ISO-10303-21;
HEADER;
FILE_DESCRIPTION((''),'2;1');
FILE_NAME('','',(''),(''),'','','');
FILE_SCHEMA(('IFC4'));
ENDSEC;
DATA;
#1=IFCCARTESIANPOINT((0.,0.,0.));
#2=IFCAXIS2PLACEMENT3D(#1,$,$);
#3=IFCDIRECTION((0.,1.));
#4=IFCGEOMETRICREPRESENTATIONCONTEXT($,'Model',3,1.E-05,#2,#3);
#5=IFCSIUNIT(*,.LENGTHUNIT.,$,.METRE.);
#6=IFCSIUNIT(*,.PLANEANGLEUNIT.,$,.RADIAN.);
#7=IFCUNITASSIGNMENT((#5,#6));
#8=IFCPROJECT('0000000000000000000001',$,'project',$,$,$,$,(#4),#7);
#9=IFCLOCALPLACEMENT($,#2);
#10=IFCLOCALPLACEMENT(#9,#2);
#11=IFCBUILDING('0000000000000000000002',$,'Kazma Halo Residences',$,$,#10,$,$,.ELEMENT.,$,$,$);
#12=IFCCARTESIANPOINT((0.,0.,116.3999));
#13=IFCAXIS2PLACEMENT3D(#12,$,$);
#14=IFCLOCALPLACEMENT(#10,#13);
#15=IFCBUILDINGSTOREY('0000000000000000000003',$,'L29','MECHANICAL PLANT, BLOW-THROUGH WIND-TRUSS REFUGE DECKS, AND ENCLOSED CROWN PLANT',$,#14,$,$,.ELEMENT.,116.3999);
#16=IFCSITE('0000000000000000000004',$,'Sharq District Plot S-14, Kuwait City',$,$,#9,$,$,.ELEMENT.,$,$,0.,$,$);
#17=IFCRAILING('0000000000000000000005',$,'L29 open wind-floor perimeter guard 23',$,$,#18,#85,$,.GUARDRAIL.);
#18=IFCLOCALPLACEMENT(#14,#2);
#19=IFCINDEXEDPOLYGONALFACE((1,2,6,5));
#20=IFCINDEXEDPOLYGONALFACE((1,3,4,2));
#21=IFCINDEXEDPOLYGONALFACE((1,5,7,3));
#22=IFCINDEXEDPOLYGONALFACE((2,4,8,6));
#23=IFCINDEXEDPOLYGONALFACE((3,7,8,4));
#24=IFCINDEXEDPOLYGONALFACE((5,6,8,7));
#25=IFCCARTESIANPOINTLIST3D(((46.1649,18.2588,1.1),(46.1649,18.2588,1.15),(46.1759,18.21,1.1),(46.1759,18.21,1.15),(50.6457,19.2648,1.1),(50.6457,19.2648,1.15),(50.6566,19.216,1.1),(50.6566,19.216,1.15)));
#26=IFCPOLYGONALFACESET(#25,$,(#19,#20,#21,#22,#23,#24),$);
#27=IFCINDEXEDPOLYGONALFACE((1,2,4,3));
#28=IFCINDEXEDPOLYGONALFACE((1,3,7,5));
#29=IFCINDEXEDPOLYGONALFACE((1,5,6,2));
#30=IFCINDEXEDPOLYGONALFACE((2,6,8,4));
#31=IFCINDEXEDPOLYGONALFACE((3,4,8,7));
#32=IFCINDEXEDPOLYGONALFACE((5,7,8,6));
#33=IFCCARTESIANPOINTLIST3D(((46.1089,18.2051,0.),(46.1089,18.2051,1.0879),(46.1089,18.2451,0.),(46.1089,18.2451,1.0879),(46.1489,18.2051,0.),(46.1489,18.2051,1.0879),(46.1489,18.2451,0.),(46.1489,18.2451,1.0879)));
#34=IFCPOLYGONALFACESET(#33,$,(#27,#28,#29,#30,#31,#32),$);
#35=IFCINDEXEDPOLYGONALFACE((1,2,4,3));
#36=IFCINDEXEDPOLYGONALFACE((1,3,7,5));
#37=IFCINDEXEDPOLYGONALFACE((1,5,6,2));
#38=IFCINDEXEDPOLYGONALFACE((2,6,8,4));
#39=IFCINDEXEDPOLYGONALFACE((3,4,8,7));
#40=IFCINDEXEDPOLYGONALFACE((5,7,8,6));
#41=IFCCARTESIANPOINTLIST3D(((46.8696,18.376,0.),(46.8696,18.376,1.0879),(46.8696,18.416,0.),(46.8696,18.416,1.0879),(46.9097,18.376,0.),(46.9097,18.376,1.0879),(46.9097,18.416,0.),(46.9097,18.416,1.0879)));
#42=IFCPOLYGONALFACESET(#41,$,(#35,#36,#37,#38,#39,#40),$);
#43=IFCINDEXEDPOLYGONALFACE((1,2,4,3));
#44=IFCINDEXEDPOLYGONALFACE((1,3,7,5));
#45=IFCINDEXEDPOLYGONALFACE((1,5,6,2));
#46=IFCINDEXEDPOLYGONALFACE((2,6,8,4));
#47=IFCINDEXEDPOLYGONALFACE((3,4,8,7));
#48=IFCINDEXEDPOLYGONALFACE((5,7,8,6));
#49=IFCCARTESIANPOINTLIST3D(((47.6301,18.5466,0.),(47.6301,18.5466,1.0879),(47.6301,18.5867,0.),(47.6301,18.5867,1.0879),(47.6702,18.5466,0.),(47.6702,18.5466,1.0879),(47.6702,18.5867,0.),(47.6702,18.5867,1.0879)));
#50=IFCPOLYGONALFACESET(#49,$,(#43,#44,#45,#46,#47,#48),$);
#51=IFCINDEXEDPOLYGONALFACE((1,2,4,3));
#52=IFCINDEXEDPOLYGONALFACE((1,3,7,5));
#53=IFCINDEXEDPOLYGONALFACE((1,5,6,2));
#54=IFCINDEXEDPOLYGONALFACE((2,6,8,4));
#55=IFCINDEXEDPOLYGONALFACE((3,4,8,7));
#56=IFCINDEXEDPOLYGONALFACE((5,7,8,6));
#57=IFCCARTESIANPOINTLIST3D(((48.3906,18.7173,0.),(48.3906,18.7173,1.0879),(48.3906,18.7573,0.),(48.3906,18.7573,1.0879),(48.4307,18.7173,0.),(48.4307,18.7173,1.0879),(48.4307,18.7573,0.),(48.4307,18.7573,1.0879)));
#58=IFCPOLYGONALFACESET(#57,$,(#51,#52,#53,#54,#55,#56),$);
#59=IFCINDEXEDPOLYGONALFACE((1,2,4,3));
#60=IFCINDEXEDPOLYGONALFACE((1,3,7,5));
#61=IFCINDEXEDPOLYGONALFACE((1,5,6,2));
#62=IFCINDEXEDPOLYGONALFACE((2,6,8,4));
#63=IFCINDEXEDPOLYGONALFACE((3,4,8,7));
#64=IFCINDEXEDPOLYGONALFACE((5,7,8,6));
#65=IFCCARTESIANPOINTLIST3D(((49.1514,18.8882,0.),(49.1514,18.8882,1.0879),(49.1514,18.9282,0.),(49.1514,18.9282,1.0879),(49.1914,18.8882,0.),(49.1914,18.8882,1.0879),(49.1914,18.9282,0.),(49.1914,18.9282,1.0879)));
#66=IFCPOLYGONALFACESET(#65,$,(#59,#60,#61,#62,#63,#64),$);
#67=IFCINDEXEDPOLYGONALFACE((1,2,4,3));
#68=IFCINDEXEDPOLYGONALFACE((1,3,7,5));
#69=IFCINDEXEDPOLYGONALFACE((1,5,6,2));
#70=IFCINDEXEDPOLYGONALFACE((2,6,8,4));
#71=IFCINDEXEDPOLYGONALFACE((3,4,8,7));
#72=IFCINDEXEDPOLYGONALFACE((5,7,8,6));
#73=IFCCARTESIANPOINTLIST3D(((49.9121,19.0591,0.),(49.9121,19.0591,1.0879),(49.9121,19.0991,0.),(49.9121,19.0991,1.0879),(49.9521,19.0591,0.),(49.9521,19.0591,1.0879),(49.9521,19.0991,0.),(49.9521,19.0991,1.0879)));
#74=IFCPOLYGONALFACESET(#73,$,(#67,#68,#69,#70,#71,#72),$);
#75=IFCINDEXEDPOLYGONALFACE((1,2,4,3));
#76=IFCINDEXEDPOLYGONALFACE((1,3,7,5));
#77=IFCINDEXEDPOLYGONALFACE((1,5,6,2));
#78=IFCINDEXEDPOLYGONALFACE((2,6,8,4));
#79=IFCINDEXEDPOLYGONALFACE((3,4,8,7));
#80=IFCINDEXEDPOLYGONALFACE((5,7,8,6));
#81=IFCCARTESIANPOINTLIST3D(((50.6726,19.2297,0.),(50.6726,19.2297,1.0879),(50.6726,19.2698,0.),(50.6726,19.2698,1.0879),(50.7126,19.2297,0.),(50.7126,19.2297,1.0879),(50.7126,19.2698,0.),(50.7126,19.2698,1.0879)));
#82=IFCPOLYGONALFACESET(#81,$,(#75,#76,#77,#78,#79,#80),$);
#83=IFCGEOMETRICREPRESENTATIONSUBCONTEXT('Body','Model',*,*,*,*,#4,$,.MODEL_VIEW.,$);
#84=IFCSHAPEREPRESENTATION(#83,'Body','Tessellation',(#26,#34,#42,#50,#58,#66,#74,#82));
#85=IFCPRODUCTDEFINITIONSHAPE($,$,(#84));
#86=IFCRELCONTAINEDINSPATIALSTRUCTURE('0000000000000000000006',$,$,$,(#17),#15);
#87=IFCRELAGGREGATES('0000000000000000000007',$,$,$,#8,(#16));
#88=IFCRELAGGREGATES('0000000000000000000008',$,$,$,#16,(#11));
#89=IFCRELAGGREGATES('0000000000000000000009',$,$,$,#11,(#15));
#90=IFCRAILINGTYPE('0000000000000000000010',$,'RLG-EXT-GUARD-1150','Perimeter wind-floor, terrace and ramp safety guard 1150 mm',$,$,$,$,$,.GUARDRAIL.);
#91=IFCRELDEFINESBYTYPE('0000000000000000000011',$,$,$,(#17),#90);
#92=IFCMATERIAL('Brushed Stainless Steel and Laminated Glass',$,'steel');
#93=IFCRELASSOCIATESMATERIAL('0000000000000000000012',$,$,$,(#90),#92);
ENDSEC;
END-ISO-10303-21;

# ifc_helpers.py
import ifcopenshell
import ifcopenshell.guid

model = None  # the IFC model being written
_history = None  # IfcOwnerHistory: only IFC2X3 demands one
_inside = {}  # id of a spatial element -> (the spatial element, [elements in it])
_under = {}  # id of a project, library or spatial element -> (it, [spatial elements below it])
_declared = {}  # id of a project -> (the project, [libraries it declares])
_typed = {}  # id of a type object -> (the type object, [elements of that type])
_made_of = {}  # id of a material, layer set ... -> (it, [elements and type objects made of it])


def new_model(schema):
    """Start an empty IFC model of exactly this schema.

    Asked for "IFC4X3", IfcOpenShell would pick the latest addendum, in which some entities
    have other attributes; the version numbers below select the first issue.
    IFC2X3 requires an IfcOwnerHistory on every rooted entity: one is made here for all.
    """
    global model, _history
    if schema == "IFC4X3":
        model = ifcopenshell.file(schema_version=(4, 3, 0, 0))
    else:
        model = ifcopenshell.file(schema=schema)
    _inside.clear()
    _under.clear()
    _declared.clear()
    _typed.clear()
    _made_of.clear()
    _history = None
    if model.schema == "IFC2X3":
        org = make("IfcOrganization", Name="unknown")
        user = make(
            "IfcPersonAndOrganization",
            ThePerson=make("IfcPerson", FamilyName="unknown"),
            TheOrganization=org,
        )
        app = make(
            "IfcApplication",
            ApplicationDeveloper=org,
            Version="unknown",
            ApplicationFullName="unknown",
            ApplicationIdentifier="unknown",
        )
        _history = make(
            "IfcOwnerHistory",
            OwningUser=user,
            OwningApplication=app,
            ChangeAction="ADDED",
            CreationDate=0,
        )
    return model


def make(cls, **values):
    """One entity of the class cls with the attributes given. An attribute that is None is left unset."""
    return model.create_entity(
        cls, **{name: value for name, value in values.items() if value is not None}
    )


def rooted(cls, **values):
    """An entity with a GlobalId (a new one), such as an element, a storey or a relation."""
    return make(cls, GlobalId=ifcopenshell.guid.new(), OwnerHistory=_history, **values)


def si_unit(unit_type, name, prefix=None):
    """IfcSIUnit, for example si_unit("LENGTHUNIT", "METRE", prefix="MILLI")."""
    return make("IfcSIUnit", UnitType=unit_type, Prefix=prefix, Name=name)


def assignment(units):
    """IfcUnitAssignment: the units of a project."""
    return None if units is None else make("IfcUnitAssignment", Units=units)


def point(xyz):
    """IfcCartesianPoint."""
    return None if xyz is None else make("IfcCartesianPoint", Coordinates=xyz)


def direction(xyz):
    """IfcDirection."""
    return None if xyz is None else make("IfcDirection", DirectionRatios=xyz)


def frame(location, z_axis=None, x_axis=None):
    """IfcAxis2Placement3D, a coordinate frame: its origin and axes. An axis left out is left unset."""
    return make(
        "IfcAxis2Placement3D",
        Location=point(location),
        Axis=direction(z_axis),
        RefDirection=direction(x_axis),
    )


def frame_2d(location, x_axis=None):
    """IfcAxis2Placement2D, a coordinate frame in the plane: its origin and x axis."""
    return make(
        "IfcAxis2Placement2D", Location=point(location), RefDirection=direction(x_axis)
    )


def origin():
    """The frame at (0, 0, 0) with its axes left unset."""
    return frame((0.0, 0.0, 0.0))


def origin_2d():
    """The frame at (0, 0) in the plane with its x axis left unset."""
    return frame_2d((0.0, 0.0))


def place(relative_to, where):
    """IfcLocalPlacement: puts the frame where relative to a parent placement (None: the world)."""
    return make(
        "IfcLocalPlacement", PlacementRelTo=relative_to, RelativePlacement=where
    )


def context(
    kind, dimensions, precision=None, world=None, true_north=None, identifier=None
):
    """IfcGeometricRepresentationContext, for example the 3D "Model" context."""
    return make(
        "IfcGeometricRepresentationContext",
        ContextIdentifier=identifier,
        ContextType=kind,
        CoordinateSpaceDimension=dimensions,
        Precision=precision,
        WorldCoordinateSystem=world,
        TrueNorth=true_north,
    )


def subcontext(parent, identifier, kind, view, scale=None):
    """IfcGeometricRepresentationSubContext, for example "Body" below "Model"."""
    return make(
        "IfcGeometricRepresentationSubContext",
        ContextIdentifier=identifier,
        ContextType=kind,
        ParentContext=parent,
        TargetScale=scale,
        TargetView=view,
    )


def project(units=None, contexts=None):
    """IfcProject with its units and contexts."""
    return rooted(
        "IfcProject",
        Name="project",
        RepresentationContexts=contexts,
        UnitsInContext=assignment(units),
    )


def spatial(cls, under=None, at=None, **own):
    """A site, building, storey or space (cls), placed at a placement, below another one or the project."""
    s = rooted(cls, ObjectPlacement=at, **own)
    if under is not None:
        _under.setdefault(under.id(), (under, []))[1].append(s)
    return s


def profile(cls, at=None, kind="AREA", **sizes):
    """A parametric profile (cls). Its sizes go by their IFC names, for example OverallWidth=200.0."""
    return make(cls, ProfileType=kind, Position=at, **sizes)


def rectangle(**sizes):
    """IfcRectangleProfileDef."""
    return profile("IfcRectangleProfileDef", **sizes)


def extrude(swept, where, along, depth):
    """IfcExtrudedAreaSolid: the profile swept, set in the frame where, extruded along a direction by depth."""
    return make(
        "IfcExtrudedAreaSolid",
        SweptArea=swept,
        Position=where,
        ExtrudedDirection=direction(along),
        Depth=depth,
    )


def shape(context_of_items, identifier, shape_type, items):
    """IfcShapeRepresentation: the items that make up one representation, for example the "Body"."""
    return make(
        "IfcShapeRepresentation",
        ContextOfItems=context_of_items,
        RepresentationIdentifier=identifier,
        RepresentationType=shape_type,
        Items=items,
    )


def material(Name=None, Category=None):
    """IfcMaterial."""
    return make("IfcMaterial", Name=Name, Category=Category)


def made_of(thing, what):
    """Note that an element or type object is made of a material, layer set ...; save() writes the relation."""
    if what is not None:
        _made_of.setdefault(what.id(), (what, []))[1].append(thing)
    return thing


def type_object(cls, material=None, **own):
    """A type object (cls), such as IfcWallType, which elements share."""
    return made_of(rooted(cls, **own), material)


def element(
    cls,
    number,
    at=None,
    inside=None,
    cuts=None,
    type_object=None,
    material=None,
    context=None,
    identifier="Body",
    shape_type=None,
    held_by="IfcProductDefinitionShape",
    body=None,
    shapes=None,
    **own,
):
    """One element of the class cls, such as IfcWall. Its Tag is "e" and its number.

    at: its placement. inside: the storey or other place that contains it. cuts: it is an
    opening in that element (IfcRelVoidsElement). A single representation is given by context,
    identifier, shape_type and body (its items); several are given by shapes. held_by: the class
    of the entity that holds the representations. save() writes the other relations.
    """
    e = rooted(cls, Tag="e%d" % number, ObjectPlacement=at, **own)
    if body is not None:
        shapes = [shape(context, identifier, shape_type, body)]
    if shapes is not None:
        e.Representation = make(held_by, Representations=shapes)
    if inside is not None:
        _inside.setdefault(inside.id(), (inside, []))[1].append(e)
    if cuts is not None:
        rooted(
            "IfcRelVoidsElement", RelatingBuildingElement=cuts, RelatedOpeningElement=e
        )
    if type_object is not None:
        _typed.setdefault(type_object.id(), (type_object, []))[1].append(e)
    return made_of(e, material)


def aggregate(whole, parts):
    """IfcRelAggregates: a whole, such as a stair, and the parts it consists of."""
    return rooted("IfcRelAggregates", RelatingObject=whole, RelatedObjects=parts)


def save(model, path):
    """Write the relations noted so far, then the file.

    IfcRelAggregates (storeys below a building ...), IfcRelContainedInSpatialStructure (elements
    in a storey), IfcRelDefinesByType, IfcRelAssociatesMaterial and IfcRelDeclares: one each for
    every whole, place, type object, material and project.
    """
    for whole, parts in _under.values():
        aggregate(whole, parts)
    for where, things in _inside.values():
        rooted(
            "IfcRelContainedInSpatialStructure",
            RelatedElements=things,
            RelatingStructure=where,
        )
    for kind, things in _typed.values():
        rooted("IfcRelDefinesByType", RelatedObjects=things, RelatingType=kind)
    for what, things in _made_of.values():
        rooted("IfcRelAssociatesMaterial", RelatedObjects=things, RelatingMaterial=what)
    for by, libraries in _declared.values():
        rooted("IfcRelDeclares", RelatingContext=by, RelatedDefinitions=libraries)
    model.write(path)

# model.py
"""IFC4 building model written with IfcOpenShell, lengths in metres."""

from ifc_helpers import new_model, si_unit, direction, frame, origin, origin_2d, place, context, subcontext, project, spatial, rectangle, extrude, material, type_object, element, save


model = new_model("IFC4")

# Units and contexts
model_context = context("Model", 3, precision=1e-05, world=origin(), true_north=direction((0.0, 1.0)))
body_context = subcontext(model_context, "Body", "Model", "MODEL_VIEW")
ifc_project = project(units=[si_unit("LENGTHUNIT", "METRE"), si_unit("PLANEANGLEUNIT", "RADIAN")], contexts=[model_context])

# Site, building, storey
site_placement = place(None, origin())
site = spatial("IfcSite", under=ifc_project, at=site_placement, Name="Sharq District Plot S-14, Kuwait City", CompositionType="ELEMENT", RefElevation=0.0)
building_placement = place(site_placement, origin())
building = spatial("IfcBuilding", under=site, at=building_placement, Name="Kazma Halo Residences", CompositionType="ELEMENT")
storey_placement = place(building_placement, frame((0.0, 0.0, 116.3999)))
storey = spatial("IfcBuildingStorey", under=building, at=storey_placement, Name="L29", Description="MECHANICAL PLANT, BLOW-THROUGH WIND-TRUSS REFUGE DECKS, AND ENCLOSED CROWN PLANT", CompositionType="ELEMENT", Elevation=116.3999)

# Railing
ifc_material_1 = material(Name="Brushed Stainless Steel and Laminated Glass", Category="steel")
railing_type = type_object("IfcRailingType", Name="RLG-EXT-GUARD-1150", Description="Perimeter wind-floor, terrace and ramp safety guard 1150 mm", PredefinedType="GUARDRAIL", material=ifc_material_1)
railing_1_placement = place(storey_placement, frame((46.1289, 18.2251, 0.0)))
element("IfcRailing", 1, at=railing_1_placement, inside=storey, type_object=railing_type, Name="L29 open wind-floor perimeter guard 23", PredefinedType="GUARDRAIL", context=body_context, shape_type="SweptSolid", body=[
    extrude(rectangle(XDim=0.05, YDim=0.05, at=origin_2d()), frame((0.0415, 0.0093, 1.125), z_axis=(0.975709, 0.219069, 0.0), x_axis=(-0.219069, 0.975709, 0.0)), (0.0, 0.0, 1.0), 4.5923),
    extrude(rectangle(XDim=0.04, YDim=0.04, at=origin_2d()), origin(), (0.0, 0.0, 1.0), 1.0879),
    extrude(rectangle(XDim=0.04, YDim=0.04, at=origin_2d()), frame((0.7607, 0.1709, 0.0)), (0.0, 0.0, 1.0), 1.0879),
    extrude(rectangle(XDim=0.04, YDim=0.04, at=origin_2d()), frame((1.5212, 0.3416, 0.0)), (0.0, 0.0, 1.0), 1.0879),
    extrude(rectangle(XDim=0.04, YDim=0.04, at=origin_2d()), frame((2.2817, 0.5122, 0.0)), (0.0, 0.0, 1.0), 1.0879),
    extrude(rectangle(XDim=0.04, YDim=0.04, at=origin_2d()), frame((3.0425, 0.6831, 0.0)), (0.0, 0.0, 1.0), 1.0879),
    extrude(rectangle(XDim=0.04, YDim=0.04, at=origin_2d()), frame((3.8032, 0.854, 0.0)), (0.0, 0.0, 1.0), 1.0879),
    extrude(rectangle(XDim=0.04, YDim=0.04, at=origin_2d()), frame((4.5637, 1.0247, 0.0)), (0.0, 0.0, 1.0), 1.0879),
])

save(model, "model.ifc")
